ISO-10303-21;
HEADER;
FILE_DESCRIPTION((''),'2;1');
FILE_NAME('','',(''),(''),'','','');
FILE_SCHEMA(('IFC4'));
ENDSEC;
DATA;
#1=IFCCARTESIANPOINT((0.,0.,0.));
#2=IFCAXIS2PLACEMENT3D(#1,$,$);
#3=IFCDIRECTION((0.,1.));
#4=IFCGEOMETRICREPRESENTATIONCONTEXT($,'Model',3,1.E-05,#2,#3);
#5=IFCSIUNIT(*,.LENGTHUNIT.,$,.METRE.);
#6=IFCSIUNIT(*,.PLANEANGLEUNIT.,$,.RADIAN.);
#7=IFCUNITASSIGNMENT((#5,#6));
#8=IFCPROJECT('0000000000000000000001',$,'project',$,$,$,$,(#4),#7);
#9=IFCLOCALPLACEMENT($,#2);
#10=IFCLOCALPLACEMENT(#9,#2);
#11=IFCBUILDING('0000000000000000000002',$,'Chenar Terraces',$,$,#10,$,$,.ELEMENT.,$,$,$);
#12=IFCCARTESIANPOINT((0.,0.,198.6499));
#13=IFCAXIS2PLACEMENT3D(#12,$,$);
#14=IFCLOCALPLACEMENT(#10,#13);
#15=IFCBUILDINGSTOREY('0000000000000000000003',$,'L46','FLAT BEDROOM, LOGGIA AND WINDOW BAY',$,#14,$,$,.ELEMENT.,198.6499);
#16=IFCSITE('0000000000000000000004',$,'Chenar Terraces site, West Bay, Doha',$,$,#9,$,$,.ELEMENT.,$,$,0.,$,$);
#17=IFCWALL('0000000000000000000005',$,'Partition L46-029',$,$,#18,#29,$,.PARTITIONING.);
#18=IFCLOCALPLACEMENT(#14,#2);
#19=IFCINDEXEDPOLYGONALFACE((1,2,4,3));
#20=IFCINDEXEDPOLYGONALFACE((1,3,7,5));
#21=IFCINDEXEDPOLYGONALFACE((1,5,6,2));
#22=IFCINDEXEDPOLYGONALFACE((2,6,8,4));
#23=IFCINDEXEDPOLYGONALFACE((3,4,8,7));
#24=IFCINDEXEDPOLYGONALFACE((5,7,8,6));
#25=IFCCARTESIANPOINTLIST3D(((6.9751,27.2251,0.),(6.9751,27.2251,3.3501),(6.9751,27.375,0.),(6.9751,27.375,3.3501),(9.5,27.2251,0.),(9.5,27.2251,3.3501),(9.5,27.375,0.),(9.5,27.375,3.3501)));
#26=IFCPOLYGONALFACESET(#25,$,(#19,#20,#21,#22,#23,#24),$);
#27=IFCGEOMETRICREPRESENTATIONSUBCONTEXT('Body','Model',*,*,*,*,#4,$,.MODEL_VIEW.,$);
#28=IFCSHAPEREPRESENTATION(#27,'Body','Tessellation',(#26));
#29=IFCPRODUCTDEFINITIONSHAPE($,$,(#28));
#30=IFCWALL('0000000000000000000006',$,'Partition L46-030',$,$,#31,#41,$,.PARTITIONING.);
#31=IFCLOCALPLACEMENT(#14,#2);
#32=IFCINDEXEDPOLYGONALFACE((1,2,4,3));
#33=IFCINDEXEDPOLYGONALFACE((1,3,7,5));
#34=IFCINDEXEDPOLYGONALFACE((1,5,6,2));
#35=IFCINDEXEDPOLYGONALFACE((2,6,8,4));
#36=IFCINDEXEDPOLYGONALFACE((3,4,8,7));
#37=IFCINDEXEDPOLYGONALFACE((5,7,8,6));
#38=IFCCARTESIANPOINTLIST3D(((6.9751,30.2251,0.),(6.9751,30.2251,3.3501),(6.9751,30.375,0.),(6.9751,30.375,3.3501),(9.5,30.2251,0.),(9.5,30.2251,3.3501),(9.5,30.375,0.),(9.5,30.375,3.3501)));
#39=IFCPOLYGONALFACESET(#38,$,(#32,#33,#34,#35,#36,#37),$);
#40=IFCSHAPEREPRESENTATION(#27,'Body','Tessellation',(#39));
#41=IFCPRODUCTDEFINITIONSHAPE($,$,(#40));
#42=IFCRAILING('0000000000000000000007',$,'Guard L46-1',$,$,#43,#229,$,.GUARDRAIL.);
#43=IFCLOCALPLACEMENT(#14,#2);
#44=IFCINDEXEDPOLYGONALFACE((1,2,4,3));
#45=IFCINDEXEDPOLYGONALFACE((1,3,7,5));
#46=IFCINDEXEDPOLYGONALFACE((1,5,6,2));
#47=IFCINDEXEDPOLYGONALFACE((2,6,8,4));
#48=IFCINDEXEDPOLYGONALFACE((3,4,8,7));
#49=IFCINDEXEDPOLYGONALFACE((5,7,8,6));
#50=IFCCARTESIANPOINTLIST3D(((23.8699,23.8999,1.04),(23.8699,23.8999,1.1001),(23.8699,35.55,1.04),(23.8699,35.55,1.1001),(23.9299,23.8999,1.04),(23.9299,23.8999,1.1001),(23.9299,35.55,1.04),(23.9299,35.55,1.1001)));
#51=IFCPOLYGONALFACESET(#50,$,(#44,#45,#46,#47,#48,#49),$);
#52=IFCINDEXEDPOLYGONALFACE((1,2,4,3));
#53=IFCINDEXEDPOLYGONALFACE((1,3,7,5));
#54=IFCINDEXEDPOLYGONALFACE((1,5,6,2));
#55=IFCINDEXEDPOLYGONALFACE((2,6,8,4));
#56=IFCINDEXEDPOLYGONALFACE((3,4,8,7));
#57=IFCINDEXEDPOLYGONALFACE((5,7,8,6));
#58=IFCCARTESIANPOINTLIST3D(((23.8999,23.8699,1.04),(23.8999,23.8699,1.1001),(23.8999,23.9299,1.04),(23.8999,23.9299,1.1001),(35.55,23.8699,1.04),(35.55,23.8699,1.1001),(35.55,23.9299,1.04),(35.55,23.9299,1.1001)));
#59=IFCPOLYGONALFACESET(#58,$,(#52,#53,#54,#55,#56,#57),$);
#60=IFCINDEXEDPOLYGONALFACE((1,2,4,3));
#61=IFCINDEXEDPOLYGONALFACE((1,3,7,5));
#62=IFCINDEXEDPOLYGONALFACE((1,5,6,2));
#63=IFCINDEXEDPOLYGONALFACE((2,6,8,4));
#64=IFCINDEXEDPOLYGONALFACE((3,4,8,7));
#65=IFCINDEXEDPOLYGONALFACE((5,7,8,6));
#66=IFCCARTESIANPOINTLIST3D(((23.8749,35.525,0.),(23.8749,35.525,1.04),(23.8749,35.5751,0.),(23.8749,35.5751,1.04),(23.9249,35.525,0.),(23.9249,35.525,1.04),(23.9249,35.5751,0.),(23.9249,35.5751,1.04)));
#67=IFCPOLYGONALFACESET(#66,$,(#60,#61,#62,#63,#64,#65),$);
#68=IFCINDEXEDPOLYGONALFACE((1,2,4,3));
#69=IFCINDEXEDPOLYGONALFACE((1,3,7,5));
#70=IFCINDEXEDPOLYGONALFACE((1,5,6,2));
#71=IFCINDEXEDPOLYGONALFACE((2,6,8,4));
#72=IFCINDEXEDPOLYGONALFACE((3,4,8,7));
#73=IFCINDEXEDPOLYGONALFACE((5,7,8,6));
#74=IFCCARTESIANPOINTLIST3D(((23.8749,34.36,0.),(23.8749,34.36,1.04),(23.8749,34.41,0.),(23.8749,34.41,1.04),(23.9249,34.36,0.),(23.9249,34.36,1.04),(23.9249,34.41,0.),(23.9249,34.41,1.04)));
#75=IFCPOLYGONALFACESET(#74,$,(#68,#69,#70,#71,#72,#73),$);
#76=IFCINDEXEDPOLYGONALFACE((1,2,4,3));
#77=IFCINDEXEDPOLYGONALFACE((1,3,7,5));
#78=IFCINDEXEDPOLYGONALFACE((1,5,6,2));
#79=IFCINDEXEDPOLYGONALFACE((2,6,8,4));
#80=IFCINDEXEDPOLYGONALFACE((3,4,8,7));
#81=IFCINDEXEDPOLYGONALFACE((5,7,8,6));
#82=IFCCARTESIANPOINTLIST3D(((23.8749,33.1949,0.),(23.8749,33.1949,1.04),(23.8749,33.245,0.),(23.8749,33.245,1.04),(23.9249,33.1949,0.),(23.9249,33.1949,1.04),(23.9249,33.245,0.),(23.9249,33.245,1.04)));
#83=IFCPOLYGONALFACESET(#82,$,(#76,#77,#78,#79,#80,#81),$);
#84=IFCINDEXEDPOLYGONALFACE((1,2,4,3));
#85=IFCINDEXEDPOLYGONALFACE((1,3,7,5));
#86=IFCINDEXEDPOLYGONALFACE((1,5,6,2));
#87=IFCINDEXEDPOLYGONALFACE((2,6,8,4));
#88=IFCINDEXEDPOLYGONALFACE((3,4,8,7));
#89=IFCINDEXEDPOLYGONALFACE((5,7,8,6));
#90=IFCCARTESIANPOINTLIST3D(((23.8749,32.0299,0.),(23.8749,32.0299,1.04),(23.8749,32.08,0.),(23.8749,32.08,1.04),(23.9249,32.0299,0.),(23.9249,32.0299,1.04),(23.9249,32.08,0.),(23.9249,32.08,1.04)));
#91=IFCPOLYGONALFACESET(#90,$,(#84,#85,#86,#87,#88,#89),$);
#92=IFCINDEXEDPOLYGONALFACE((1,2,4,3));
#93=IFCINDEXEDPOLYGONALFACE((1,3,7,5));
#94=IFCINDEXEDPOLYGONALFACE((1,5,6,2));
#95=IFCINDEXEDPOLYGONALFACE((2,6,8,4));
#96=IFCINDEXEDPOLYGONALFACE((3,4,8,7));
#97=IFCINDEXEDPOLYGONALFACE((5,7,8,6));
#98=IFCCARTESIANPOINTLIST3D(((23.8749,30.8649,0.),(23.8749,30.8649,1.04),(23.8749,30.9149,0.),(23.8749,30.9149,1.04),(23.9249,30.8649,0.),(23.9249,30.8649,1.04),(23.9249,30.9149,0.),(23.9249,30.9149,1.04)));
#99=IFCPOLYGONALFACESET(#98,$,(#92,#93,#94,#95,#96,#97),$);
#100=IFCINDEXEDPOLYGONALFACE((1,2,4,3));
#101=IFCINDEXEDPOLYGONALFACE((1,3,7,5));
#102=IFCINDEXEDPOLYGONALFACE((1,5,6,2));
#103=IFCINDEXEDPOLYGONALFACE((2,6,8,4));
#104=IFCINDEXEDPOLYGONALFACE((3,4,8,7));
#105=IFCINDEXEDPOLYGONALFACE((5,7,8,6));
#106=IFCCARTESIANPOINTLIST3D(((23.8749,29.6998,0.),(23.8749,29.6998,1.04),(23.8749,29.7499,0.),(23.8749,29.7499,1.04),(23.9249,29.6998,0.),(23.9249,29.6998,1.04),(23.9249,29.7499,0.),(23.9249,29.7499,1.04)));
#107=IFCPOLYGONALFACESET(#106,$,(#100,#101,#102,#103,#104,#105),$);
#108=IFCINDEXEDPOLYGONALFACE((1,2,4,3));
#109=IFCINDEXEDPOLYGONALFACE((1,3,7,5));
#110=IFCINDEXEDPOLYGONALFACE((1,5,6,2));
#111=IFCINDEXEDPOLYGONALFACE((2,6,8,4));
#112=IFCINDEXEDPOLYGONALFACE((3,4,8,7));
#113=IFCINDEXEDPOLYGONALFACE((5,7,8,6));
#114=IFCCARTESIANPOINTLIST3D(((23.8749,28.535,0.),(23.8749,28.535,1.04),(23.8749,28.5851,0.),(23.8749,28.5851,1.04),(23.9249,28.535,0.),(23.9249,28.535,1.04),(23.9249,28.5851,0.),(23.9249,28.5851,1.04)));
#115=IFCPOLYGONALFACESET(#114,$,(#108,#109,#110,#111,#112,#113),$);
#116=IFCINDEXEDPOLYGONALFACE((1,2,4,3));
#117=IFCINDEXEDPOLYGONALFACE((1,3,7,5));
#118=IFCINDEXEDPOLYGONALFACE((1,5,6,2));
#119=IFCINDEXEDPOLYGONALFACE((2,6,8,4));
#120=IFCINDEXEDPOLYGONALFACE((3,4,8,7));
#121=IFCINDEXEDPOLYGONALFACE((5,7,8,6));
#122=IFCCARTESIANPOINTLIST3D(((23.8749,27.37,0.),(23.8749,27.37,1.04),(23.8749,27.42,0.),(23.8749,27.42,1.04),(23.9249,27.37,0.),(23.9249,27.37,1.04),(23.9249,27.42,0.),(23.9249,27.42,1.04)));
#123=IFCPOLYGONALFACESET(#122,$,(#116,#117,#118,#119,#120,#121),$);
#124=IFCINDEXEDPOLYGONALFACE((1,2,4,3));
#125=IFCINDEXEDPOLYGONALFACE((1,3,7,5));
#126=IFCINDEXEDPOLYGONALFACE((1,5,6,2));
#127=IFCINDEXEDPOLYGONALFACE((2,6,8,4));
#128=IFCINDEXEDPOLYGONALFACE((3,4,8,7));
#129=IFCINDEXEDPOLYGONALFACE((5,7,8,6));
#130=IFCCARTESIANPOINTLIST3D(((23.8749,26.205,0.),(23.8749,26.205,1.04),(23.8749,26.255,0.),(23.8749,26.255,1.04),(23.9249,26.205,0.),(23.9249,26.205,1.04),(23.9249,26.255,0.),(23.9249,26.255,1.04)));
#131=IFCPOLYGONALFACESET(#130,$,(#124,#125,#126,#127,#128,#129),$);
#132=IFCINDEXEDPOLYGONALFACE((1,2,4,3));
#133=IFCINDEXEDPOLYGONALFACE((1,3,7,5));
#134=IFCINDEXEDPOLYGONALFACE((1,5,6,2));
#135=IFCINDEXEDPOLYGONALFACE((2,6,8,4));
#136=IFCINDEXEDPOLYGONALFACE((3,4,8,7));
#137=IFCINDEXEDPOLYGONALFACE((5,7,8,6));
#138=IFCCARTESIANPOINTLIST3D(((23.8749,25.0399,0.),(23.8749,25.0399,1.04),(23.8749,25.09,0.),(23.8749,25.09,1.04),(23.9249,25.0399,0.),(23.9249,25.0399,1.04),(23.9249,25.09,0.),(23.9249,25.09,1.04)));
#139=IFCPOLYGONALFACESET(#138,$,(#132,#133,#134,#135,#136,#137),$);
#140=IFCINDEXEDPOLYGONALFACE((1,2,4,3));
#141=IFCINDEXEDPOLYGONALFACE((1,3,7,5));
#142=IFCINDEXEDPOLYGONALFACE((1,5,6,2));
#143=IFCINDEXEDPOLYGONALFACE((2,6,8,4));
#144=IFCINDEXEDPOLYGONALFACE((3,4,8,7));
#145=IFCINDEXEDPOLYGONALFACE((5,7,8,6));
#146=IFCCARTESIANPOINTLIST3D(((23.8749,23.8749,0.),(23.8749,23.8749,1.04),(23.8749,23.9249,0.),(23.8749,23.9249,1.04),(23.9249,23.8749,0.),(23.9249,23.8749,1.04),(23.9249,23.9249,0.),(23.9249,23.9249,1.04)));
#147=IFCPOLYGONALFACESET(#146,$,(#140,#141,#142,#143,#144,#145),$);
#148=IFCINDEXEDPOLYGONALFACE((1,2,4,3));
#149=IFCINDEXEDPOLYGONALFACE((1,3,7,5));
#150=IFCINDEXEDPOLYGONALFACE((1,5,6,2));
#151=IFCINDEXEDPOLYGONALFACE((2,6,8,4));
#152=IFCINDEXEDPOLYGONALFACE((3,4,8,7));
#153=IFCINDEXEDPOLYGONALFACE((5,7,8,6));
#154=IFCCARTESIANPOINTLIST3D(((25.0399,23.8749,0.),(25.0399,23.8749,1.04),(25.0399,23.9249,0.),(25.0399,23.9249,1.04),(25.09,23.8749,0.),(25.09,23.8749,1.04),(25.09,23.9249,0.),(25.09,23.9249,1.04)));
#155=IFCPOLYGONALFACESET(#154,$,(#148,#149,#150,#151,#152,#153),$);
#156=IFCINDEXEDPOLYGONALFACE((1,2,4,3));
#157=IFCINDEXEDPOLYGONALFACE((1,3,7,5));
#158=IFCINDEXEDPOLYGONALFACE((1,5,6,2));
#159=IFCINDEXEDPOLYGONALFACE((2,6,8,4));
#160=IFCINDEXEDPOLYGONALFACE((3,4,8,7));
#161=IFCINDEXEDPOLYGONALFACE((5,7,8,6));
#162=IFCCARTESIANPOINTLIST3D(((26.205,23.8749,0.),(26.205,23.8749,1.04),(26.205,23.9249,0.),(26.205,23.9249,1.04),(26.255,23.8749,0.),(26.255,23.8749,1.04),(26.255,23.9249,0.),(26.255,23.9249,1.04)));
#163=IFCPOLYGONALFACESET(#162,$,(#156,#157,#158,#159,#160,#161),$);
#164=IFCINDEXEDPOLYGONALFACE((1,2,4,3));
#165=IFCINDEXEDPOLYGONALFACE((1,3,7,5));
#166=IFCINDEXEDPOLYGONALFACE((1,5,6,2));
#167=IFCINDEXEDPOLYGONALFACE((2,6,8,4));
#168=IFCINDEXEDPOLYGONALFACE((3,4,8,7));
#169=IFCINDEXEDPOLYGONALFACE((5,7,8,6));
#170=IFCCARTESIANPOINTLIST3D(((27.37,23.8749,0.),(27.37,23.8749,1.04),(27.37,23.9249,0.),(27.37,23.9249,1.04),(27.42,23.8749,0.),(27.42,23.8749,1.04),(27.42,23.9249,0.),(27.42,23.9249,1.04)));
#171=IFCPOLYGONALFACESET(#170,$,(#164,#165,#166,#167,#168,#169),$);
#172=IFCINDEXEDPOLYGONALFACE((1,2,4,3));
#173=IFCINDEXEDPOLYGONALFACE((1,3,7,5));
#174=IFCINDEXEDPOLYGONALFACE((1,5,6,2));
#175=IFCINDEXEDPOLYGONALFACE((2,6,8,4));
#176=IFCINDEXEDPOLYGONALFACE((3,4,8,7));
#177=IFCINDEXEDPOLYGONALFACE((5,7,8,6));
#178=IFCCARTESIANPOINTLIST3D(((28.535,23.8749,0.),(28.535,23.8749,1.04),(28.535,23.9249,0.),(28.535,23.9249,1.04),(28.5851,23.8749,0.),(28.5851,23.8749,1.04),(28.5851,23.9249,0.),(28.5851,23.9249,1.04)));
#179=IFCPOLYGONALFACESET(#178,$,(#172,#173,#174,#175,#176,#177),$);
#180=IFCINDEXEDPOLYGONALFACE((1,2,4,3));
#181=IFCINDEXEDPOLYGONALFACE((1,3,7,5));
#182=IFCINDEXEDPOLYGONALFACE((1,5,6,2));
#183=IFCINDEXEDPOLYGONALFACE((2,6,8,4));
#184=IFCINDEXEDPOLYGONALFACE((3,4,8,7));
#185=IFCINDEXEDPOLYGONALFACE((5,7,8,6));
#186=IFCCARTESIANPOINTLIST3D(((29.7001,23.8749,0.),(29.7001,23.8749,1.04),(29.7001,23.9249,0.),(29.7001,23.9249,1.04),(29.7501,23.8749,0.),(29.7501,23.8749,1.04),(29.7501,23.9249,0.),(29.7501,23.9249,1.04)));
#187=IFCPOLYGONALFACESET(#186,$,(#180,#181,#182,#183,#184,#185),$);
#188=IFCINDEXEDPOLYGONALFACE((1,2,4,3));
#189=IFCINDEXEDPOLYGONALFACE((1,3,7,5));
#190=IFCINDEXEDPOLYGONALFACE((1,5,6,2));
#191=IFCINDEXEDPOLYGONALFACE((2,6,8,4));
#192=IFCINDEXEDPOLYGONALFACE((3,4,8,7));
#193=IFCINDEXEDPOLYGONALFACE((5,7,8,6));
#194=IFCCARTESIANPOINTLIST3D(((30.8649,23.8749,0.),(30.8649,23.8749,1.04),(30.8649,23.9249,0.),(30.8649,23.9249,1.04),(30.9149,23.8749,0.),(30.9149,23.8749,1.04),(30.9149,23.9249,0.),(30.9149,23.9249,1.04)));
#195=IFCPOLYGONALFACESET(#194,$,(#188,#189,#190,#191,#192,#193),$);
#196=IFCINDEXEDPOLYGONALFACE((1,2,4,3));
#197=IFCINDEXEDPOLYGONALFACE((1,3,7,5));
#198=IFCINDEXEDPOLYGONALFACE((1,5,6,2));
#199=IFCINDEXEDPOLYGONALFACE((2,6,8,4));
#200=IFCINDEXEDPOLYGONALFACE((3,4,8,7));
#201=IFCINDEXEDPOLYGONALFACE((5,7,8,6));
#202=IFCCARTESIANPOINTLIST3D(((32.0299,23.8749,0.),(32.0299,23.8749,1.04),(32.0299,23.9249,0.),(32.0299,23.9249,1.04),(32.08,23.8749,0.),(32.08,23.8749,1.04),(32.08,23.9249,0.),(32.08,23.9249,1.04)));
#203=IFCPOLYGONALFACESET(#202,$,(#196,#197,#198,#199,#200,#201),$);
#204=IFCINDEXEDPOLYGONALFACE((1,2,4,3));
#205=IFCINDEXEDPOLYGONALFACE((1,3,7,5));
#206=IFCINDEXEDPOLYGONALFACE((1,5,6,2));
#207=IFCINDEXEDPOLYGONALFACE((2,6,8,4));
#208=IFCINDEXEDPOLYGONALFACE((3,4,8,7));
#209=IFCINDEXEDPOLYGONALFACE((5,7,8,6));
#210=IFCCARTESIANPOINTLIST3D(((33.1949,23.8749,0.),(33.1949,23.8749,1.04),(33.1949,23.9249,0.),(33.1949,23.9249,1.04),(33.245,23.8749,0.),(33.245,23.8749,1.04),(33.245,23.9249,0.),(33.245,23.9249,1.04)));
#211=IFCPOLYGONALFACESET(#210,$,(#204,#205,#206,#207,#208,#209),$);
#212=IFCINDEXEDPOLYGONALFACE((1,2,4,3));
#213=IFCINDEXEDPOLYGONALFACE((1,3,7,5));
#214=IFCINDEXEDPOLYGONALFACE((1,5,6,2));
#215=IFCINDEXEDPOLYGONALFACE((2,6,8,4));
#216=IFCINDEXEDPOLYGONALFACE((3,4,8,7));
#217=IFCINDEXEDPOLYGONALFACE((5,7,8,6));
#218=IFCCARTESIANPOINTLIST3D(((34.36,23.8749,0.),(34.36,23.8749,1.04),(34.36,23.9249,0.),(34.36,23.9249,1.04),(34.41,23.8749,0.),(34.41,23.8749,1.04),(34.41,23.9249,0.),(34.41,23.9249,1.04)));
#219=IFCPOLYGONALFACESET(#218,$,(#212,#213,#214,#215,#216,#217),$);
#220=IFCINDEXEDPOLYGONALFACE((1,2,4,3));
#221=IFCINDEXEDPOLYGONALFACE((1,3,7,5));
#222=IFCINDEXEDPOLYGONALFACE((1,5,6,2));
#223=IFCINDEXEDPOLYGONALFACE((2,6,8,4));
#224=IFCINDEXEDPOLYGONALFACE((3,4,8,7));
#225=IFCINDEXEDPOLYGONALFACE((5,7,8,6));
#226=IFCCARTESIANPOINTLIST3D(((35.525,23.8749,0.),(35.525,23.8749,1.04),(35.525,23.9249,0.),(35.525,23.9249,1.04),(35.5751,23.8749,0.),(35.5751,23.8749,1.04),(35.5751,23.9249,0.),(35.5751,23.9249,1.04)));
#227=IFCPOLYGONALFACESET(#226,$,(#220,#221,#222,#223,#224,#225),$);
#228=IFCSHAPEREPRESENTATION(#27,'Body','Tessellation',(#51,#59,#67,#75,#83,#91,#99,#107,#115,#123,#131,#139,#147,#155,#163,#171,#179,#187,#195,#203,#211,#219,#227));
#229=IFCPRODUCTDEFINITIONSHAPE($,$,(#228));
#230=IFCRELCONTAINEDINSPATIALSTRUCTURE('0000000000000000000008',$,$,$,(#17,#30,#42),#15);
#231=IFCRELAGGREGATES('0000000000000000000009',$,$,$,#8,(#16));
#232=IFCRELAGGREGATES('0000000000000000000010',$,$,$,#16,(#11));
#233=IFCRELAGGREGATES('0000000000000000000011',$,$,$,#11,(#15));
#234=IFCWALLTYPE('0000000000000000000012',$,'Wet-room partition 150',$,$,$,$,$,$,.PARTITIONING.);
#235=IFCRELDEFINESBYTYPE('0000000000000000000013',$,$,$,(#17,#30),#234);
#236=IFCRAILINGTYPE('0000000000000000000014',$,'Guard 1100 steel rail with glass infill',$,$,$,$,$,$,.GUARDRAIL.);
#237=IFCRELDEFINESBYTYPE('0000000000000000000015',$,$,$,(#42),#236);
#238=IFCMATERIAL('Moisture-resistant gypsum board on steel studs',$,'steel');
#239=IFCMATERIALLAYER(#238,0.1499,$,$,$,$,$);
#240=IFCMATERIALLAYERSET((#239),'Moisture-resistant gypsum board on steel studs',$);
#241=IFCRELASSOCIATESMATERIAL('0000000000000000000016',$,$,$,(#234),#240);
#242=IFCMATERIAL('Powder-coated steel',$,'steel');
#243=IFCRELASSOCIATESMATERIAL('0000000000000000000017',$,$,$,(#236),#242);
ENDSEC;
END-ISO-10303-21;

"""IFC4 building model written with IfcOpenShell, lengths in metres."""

from ifc_helpers import new_model, si_unit, direction, frame, frame_2d, origin, origin_2d, place, context, subcontext, project, spatial, rectangle, extrude, material, layer, layer_set, type_object, element, save


model = new_model("IFC4")

# Units and contexts
model_context = context("Model", 3, precision=1e-05, world=origin(), true_north=direction((0.0, 1.0)))
body_context = subcontext(model_context, "Body", "Model", "MODEL_VIEW")
ifc_project = project(units=[si_unit("LENGTHUNIT", "METRE"), si_unit("PLANEANGLEUNIT", "RADIAN")], contexts=[model_context])

# Site, building, storey
site_placement = place(None, origin())
site = spatial("IfcSite", under=ifc_project, at=site_placement, Name="Chenar Terraces site, West Bay, Doha", CompositionType="ELEMENT", RefElevation=0.0)
building_placement = place(site_placement, origin())
building = spatial("IfcBuilding", under=site, at=building_placement, Name="Chenar Terraces", CompositionType="ELEMENT")
storey_placement = place(building_placement, frame((0.0, 0.0, 198.6499)))
storey = spatial("IfcBuildingStorey", under=building, at=storey_placement, Name="L46", Description="FLAT BEDROOM, LOGGIA AND WINDOW BAY", CompositionType="ELEMENT", Elevation=198.6499)

# Walls
ifc_material_1 = material(Name="Moisture-resistant gypsum board on steel studs", Category="steel")
ifc_layer_1 = layer(ifc_material_1, 0.1499)
ifc_layer_set_1 = layer_set([ifc_layer_1], Name="Moisture-resistant gypsum board on steel studs")
wall_type_1 = type_object("IfcWallType", Name="Wet-room partition 150", PredefinedType="PARTITIONING", material=ifc_layer_set_1)
for number, where, z_axis, x_axis, name in (
    (1, (6.9751, 27.3, 0.0), (0.0, 0.0, 1.0), (1.0, 0.0, 0.0), "Partition L46-029"),
    (2, (6.9751, 30.3, 0.0), (0.0, 0.0, 1.0), (1.0, 0.0, 0.0), "Partition L46-030"),
):
    element("IfcWall", number, at=place(storey_placement, frame(where, z_axis=z_axis, x_axis=x_axis)), inside=storey, type_object=wall_type_1, Name=name, PredefinedType="PARTITIONING", context=body_context, shape_type="SweptSolid", body=[
        extrude(rectangle(XDim=2.5249, YDim=0.1499, at=frame_2d((1.2625, 0.0))), origin(), (0.0, 0.0, 1.0), 3.3501),
    ])

# Railing
ifc_material_2 = material(Name="Powder-coated steel", Category="steel")
railing_type = type_object("IfcRailingType", Name="Guard 1100 steel rail with glass infill", PredefinedType="GUARDRAIL", material=ifc_material_2)
railing_placement = place(storey_placement, frame((23.8999, 35.55, 0.0)))
element("IfcRailing", 3, at=railing_placement, inside=storey, type_object=railing_type, Name="Guard L46-1", PredefinedType="GUARDRAIL", context=body_context, shape_type="SweptSolid", body=[
    extrude(rectangle(XDim=0.0601, YDim=0.0601, at=origin_2d()), frame((0.0, 0.0, 1.0701), z_axis=(0.0, -1.0, 0.0), x_axis=(1.0, 0.0, 0.0)), (0.0, 0.0, 1.0), 11.6501),
    extrude(rectangle(XDim=0.0601, YDim=0.0601, at=origin_2d()), frame((0.0, -11.6501, 1.0701), z_axis=(1.0, 0.0, 0.0), x_axis=(0.0, 1.0, 0.0)), (0.0, 0.0, 1.0), 11.6501),
    extrude(rectangle(XDim=0.05, YDim=0.05, at=origin_2d()), origin(), (0.0, 0.0, 1.0), 1.04),
    extrude(rectangle(XDim=0.05, YDim=0.05, at=origin_2d()), frame((0.0, -1.165, 0.0)), (0.0, 0.0, 1.0), 1.04),
    extrude(rectangle(XDim=0.05, YDim=0.05, at=origin_2d()), frame((0.0, -2.3301, 0.0)), (0.0, 0.0, 1.0), 1.04),
    extrude(rectangle(XDim=0.05, YDim=0.05, at=origin_2d()), frame((0.0, -3.4951, 0.0)), (0.0, 0.0, 1.0), 1.04),
    extrude(rectangle(XDim=0.05, YDim=0.05, at=origin_2d()), frame((0.0, -4.6602, 0.0)), (0.0, 0.0, 1.0), 1.04),
    extrude(rectangle(XDim=0.05, YDim=0.05, at=origin_2d()), frame((0.0, -5.8252, 0.0)), (0.0, 0.0, 1.0), 1.04),
    extrude(rectangle(XDim=0.05, YDim=0.05, at=origin_2d()), frame((0.0, -6.99, 0.0)), (0.0, 0.0, 1.0), 1.04),
    extrude(rectangle(XDim=0.05, YDim=0.05, at=origin_2d()), frame((0.0, -8.155, 0.0)), (0.0, 0.0, 1.0), 1.04),
    extrude(rectangle(XDim=0.05, YDim=0.05, at=origin_2d()), frame((0.0, -9.3201, 0.0)), (0.0, 0.0, 1.0), 1.04),
    extrude(rectangle(XDim=0.05, YDim=0.05, at=origin_2d()), frame((0.0, -10.4851, 0.0)), (0.0, 0.0, 1.0), 1.04),
    extrude(rectangle(XDim=0.05, YDim=0.05, at=origin_2d()), frame((0.0, -11.6501, 0.0)), (0.0, 0.0, 1.0), 1.04),
    extrude(rectangle(XDim=0.05, YDim=0.05, at=origin_2d()), frame((1.165, -11.6501, 0.0)), (0.0, 0.0, 1.0), 1.04),
    extrude(rectangle(XDim=0.05, YDim=0.05, at=origin_2d()), frame((2.3301, -11.6501, 0.0)), (0.0, 0.0, 1.0), 1.04),
    extrude(rectangle(XDim=0.05, YDim=0.05, at=origin_2d()), frame((3.4951, -11.6501, 0.0)), (0.0, 0.0, 1.0), 1.04),
    extrude(rectangle(XDim=0.05, YDim=0.05, at=origin_2d()), frame((4.6602, -11.6501, 0.0)), (0.0, 0.0, 1.0), 1.04),
    extrude(rectangle(XDim=0.05, YDim=0.05, at=origin_2d()), frame((5.8252, -11.6501, 0.0)), (0.0, 0.0, 1.0), 1.04),
    extrude(rectangle(XDim=0.05, YDim=0.05, at=origin_2d()), frame((6.99, -11.6501, 0.0)), (0.0, 0.0, 1.0), 1.04),
    extrude(rectangle(XDim=0.05, YDim=0.05, at=origin_2d()), frame((8.155, -11.6501, 0.0)), (0.0, 0.0, 1.0), 1.04),
    extrude(rectangle(XDim=0.05, YDim=0.05, at=origin_2d()), frame((9.3201, -11.6501, 0.0)), (0.0, 0.0, 1.0), 1.04),
    extrude(rectangle(XDim=0.05, YDim=0.05, at=origin_2d()), frame((10.4851, -11.6501, 0.0)), (0.0, 0.0, 1.0), 1.04),
    extrude(rectangle(XDim=0.05, YDim=0.05, at=origin_2d()), frame((11.6501, -11.6501, 0.0)), (0.0, 0.0, 1.0), 1.04),
])

save(model, "model.ifc")
